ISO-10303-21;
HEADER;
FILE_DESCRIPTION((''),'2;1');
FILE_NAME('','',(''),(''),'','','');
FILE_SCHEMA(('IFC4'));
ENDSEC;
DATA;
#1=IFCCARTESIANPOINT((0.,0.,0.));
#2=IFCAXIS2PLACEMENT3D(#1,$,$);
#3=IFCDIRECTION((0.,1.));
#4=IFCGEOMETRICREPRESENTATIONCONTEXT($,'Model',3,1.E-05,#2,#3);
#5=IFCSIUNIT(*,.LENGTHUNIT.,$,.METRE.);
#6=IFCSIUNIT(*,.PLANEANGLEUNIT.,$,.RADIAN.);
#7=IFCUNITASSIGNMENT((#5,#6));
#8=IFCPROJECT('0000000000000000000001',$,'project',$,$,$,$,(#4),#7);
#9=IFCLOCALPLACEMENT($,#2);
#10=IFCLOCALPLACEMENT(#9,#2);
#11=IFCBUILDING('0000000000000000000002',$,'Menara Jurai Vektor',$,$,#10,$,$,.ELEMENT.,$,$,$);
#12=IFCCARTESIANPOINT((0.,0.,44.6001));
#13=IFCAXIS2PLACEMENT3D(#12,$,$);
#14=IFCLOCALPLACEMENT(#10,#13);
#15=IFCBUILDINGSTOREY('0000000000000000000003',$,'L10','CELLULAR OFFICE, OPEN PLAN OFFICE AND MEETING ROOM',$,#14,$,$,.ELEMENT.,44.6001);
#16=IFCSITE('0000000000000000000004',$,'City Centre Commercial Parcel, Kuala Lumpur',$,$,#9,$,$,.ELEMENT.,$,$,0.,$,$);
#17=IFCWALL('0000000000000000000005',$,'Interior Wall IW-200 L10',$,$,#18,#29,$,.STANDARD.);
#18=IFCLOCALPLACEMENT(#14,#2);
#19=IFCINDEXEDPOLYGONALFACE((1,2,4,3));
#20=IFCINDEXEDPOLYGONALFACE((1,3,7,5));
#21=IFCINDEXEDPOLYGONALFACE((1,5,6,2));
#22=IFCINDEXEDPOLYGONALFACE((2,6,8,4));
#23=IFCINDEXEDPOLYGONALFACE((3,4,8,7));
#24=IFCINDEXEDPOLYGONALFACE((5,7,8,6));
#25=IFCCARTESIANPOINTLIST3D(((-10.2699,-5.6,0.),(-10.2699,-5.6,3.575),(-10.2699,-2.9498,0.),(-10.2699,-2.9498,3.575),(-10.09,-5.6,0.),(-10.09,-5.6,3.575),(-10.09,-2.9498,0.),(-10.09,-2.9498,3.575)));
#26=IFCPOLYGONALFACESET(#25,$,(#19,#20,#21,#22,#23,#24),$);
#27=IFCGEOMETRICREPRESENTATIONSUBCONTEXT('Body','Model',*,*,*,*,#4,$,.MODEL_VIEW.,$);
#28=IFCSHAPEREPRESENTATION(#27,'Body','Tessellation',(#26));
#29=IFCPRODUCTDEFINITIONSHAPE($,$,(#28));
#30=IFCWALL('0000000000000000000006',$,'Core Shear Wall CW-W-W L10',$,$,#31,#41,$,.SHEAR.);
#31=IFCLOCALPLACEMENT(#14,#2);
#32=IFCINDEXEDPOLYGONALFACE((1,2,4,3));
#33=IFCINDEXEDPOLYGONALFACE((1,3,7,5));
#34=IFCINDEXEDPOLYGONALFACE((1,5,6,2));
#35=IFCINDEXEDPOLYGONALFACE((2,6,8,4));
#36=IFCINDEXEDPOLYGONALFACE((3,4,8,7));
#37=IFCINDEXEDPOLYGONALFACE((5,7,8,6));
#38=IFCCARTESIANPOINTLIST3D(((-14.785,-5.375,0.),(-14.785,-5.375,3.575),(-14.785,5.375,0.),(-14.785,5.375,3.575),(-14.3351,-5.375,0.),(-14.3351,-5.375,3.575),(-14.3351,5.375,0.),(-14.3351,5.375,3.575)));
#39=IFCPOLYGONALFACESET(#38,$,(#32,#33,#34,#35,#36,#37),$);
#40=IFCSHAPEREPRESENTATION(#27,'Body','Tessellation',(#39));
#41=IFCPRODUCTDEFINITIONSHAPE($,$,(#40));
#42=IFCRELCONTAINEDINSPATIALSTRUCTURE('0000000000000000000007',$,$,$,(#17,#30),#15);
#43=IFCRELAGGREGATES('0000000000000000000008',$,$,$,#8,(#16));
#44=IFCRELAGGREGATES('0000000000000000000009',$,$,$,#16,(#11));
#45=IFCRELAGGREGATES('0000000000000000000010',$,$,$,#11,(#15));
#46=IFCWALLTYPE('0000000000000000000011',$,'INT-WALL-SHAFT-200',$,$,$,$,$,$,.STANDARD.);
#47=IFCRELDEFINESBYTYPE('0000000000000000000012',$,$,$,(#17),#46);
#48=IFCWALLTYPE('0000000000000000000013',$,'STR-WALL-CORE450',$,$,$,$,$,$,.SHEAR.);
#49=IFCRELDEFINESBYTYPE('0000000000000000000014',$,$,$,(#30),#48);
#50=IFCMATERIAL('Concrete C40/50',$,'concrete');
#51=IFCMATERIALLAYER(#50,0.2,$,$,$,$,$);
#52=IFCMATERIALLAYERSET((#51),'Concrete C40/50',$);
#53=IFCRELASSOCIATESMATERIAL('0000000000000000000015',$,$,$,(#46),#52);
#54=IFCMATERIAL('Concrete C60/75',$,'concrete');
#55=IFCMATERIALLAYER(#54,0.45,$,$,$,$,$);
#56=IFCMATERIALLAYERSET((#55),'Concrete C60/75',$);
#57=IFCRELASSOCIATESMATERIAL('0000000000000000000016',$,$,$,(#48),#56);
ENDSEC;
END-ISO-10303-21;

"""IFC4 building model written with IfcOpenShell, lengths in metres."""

from ifc_helpers import new_model, si_unit, direction, frame, frame_2d, origin, place, context, subcontext, project, spatial, rectangle, extrude, material, layer, layer_set, type_object, element, save


model = new_model("IFC4")

# Units and contexts
model_context = context("Model", 3, precision=1e-05, world=origin(), true_north=direction((0.0, 1.0)))
body_context = subcontext(model_context, "Body", "Model", "MODEL_VIEW")
ifc_project = project(units=[si_unit("LENGTHUNIT", "METRE"), si_unit("PLANEANGLEUNIT", "RADIAN")], contexts=[model_context])

# Site, building, storey
site_placement = place(None, origin())
site = spatial("IfcSite", under=ifc_project, at=site_placement, Name="City Centre Commercial Parcel, Kuala Lumpur", CompositionType="ELEMENT", RefElevation=0.0)
building_placement = place(site_placement, origin())
building = spatial("IfcBuilding", under=site, at=building_placement, Name="Menara Jurai Vektor", CompositionType="ELEMENT")
storey_placement = place(building_placement, frame((0.0, 0.0, 44.6001)))
storey = spatial("IfcBuildingStorey", under=building, at=storey_placement, Name="L10", Description="CELLULAR OFFICE, OPEN PLAN OFFICE AND MEETING ROOM", CompositionType="ELEMENT", Elevation=44.6001)

# Shared definitions
ifc_material_1 = material(Name="Concrete C60/75", Category="concrete")

# Shared definitions
ifc_material_2 = material(Name="Concrete C40/50", Category="concrete")

# Shared definitions
ifc_layer_1 = layer(ifc_material_2, 0.2)
ifc_layer_set_1 = layer_set([ifc_layer_1], Name="Concrete C40/50")
wall_type_1 = type_object("IfcWallType", Name="INT-WALL-SHAFT-200", PredefinedType="STANDARD", material=ifc_layer_set_1)

# Walls
wall_1_placement = place(storey_placement, frame((-10.1799, -5.6001, 0.0), z_axis=(0.0, 0.0, 1.0), x_axis=(0.0, 1.0, 0.0)))
element("IfcWall", 1, at=wall_1_placement, inside=storey, type_object=wall_type_1, Name="Interior Wall IW-200 L10", PredefinedType="STANDARD", context=body_context, shape_type="SweptSolid", body=[
    extrude(rectangle(XDim=2.6501, YDim=0.1799, at=frame_2d((1.3252, 0.0))), origin(), (0.0, 0.0, 1.0), 3.575),
])
ifc_layer_2 = layer(ifc_material_1, 0.45)
ifc_layer_set_2 = layer_set([ifc_layer_2], Name="Concrete C60/75")
wall_type_2 = type_object("IfcWallType", Name="STR-WALL-CORE450", PredefinedType="SHEAR", material=ifc_layer_set_2)
wall_2_placement = place(storey_placement, frame((-14.5601, -5.375, 0.0), z_axis=(0.0, 0.0, 1.0), x_axis=(0.0, 1.0, 0.0)))
element("IfcWall", 2, at=wall_2_placement, inside=storey, type_object=wall_type_2, Name="Core Shear Wall CW-W-W L10", PredefinedType="SHEAR", context=body_context, shape_type="SweptSolid", body=[
    extrude(rectangle(XDim=10.75, YDim=0.45, at=frame_2d((5.375, 0.0))), origin(), (0.0, 0.0, 1.0), 3.575),
])

save(model, "model.ifc")
